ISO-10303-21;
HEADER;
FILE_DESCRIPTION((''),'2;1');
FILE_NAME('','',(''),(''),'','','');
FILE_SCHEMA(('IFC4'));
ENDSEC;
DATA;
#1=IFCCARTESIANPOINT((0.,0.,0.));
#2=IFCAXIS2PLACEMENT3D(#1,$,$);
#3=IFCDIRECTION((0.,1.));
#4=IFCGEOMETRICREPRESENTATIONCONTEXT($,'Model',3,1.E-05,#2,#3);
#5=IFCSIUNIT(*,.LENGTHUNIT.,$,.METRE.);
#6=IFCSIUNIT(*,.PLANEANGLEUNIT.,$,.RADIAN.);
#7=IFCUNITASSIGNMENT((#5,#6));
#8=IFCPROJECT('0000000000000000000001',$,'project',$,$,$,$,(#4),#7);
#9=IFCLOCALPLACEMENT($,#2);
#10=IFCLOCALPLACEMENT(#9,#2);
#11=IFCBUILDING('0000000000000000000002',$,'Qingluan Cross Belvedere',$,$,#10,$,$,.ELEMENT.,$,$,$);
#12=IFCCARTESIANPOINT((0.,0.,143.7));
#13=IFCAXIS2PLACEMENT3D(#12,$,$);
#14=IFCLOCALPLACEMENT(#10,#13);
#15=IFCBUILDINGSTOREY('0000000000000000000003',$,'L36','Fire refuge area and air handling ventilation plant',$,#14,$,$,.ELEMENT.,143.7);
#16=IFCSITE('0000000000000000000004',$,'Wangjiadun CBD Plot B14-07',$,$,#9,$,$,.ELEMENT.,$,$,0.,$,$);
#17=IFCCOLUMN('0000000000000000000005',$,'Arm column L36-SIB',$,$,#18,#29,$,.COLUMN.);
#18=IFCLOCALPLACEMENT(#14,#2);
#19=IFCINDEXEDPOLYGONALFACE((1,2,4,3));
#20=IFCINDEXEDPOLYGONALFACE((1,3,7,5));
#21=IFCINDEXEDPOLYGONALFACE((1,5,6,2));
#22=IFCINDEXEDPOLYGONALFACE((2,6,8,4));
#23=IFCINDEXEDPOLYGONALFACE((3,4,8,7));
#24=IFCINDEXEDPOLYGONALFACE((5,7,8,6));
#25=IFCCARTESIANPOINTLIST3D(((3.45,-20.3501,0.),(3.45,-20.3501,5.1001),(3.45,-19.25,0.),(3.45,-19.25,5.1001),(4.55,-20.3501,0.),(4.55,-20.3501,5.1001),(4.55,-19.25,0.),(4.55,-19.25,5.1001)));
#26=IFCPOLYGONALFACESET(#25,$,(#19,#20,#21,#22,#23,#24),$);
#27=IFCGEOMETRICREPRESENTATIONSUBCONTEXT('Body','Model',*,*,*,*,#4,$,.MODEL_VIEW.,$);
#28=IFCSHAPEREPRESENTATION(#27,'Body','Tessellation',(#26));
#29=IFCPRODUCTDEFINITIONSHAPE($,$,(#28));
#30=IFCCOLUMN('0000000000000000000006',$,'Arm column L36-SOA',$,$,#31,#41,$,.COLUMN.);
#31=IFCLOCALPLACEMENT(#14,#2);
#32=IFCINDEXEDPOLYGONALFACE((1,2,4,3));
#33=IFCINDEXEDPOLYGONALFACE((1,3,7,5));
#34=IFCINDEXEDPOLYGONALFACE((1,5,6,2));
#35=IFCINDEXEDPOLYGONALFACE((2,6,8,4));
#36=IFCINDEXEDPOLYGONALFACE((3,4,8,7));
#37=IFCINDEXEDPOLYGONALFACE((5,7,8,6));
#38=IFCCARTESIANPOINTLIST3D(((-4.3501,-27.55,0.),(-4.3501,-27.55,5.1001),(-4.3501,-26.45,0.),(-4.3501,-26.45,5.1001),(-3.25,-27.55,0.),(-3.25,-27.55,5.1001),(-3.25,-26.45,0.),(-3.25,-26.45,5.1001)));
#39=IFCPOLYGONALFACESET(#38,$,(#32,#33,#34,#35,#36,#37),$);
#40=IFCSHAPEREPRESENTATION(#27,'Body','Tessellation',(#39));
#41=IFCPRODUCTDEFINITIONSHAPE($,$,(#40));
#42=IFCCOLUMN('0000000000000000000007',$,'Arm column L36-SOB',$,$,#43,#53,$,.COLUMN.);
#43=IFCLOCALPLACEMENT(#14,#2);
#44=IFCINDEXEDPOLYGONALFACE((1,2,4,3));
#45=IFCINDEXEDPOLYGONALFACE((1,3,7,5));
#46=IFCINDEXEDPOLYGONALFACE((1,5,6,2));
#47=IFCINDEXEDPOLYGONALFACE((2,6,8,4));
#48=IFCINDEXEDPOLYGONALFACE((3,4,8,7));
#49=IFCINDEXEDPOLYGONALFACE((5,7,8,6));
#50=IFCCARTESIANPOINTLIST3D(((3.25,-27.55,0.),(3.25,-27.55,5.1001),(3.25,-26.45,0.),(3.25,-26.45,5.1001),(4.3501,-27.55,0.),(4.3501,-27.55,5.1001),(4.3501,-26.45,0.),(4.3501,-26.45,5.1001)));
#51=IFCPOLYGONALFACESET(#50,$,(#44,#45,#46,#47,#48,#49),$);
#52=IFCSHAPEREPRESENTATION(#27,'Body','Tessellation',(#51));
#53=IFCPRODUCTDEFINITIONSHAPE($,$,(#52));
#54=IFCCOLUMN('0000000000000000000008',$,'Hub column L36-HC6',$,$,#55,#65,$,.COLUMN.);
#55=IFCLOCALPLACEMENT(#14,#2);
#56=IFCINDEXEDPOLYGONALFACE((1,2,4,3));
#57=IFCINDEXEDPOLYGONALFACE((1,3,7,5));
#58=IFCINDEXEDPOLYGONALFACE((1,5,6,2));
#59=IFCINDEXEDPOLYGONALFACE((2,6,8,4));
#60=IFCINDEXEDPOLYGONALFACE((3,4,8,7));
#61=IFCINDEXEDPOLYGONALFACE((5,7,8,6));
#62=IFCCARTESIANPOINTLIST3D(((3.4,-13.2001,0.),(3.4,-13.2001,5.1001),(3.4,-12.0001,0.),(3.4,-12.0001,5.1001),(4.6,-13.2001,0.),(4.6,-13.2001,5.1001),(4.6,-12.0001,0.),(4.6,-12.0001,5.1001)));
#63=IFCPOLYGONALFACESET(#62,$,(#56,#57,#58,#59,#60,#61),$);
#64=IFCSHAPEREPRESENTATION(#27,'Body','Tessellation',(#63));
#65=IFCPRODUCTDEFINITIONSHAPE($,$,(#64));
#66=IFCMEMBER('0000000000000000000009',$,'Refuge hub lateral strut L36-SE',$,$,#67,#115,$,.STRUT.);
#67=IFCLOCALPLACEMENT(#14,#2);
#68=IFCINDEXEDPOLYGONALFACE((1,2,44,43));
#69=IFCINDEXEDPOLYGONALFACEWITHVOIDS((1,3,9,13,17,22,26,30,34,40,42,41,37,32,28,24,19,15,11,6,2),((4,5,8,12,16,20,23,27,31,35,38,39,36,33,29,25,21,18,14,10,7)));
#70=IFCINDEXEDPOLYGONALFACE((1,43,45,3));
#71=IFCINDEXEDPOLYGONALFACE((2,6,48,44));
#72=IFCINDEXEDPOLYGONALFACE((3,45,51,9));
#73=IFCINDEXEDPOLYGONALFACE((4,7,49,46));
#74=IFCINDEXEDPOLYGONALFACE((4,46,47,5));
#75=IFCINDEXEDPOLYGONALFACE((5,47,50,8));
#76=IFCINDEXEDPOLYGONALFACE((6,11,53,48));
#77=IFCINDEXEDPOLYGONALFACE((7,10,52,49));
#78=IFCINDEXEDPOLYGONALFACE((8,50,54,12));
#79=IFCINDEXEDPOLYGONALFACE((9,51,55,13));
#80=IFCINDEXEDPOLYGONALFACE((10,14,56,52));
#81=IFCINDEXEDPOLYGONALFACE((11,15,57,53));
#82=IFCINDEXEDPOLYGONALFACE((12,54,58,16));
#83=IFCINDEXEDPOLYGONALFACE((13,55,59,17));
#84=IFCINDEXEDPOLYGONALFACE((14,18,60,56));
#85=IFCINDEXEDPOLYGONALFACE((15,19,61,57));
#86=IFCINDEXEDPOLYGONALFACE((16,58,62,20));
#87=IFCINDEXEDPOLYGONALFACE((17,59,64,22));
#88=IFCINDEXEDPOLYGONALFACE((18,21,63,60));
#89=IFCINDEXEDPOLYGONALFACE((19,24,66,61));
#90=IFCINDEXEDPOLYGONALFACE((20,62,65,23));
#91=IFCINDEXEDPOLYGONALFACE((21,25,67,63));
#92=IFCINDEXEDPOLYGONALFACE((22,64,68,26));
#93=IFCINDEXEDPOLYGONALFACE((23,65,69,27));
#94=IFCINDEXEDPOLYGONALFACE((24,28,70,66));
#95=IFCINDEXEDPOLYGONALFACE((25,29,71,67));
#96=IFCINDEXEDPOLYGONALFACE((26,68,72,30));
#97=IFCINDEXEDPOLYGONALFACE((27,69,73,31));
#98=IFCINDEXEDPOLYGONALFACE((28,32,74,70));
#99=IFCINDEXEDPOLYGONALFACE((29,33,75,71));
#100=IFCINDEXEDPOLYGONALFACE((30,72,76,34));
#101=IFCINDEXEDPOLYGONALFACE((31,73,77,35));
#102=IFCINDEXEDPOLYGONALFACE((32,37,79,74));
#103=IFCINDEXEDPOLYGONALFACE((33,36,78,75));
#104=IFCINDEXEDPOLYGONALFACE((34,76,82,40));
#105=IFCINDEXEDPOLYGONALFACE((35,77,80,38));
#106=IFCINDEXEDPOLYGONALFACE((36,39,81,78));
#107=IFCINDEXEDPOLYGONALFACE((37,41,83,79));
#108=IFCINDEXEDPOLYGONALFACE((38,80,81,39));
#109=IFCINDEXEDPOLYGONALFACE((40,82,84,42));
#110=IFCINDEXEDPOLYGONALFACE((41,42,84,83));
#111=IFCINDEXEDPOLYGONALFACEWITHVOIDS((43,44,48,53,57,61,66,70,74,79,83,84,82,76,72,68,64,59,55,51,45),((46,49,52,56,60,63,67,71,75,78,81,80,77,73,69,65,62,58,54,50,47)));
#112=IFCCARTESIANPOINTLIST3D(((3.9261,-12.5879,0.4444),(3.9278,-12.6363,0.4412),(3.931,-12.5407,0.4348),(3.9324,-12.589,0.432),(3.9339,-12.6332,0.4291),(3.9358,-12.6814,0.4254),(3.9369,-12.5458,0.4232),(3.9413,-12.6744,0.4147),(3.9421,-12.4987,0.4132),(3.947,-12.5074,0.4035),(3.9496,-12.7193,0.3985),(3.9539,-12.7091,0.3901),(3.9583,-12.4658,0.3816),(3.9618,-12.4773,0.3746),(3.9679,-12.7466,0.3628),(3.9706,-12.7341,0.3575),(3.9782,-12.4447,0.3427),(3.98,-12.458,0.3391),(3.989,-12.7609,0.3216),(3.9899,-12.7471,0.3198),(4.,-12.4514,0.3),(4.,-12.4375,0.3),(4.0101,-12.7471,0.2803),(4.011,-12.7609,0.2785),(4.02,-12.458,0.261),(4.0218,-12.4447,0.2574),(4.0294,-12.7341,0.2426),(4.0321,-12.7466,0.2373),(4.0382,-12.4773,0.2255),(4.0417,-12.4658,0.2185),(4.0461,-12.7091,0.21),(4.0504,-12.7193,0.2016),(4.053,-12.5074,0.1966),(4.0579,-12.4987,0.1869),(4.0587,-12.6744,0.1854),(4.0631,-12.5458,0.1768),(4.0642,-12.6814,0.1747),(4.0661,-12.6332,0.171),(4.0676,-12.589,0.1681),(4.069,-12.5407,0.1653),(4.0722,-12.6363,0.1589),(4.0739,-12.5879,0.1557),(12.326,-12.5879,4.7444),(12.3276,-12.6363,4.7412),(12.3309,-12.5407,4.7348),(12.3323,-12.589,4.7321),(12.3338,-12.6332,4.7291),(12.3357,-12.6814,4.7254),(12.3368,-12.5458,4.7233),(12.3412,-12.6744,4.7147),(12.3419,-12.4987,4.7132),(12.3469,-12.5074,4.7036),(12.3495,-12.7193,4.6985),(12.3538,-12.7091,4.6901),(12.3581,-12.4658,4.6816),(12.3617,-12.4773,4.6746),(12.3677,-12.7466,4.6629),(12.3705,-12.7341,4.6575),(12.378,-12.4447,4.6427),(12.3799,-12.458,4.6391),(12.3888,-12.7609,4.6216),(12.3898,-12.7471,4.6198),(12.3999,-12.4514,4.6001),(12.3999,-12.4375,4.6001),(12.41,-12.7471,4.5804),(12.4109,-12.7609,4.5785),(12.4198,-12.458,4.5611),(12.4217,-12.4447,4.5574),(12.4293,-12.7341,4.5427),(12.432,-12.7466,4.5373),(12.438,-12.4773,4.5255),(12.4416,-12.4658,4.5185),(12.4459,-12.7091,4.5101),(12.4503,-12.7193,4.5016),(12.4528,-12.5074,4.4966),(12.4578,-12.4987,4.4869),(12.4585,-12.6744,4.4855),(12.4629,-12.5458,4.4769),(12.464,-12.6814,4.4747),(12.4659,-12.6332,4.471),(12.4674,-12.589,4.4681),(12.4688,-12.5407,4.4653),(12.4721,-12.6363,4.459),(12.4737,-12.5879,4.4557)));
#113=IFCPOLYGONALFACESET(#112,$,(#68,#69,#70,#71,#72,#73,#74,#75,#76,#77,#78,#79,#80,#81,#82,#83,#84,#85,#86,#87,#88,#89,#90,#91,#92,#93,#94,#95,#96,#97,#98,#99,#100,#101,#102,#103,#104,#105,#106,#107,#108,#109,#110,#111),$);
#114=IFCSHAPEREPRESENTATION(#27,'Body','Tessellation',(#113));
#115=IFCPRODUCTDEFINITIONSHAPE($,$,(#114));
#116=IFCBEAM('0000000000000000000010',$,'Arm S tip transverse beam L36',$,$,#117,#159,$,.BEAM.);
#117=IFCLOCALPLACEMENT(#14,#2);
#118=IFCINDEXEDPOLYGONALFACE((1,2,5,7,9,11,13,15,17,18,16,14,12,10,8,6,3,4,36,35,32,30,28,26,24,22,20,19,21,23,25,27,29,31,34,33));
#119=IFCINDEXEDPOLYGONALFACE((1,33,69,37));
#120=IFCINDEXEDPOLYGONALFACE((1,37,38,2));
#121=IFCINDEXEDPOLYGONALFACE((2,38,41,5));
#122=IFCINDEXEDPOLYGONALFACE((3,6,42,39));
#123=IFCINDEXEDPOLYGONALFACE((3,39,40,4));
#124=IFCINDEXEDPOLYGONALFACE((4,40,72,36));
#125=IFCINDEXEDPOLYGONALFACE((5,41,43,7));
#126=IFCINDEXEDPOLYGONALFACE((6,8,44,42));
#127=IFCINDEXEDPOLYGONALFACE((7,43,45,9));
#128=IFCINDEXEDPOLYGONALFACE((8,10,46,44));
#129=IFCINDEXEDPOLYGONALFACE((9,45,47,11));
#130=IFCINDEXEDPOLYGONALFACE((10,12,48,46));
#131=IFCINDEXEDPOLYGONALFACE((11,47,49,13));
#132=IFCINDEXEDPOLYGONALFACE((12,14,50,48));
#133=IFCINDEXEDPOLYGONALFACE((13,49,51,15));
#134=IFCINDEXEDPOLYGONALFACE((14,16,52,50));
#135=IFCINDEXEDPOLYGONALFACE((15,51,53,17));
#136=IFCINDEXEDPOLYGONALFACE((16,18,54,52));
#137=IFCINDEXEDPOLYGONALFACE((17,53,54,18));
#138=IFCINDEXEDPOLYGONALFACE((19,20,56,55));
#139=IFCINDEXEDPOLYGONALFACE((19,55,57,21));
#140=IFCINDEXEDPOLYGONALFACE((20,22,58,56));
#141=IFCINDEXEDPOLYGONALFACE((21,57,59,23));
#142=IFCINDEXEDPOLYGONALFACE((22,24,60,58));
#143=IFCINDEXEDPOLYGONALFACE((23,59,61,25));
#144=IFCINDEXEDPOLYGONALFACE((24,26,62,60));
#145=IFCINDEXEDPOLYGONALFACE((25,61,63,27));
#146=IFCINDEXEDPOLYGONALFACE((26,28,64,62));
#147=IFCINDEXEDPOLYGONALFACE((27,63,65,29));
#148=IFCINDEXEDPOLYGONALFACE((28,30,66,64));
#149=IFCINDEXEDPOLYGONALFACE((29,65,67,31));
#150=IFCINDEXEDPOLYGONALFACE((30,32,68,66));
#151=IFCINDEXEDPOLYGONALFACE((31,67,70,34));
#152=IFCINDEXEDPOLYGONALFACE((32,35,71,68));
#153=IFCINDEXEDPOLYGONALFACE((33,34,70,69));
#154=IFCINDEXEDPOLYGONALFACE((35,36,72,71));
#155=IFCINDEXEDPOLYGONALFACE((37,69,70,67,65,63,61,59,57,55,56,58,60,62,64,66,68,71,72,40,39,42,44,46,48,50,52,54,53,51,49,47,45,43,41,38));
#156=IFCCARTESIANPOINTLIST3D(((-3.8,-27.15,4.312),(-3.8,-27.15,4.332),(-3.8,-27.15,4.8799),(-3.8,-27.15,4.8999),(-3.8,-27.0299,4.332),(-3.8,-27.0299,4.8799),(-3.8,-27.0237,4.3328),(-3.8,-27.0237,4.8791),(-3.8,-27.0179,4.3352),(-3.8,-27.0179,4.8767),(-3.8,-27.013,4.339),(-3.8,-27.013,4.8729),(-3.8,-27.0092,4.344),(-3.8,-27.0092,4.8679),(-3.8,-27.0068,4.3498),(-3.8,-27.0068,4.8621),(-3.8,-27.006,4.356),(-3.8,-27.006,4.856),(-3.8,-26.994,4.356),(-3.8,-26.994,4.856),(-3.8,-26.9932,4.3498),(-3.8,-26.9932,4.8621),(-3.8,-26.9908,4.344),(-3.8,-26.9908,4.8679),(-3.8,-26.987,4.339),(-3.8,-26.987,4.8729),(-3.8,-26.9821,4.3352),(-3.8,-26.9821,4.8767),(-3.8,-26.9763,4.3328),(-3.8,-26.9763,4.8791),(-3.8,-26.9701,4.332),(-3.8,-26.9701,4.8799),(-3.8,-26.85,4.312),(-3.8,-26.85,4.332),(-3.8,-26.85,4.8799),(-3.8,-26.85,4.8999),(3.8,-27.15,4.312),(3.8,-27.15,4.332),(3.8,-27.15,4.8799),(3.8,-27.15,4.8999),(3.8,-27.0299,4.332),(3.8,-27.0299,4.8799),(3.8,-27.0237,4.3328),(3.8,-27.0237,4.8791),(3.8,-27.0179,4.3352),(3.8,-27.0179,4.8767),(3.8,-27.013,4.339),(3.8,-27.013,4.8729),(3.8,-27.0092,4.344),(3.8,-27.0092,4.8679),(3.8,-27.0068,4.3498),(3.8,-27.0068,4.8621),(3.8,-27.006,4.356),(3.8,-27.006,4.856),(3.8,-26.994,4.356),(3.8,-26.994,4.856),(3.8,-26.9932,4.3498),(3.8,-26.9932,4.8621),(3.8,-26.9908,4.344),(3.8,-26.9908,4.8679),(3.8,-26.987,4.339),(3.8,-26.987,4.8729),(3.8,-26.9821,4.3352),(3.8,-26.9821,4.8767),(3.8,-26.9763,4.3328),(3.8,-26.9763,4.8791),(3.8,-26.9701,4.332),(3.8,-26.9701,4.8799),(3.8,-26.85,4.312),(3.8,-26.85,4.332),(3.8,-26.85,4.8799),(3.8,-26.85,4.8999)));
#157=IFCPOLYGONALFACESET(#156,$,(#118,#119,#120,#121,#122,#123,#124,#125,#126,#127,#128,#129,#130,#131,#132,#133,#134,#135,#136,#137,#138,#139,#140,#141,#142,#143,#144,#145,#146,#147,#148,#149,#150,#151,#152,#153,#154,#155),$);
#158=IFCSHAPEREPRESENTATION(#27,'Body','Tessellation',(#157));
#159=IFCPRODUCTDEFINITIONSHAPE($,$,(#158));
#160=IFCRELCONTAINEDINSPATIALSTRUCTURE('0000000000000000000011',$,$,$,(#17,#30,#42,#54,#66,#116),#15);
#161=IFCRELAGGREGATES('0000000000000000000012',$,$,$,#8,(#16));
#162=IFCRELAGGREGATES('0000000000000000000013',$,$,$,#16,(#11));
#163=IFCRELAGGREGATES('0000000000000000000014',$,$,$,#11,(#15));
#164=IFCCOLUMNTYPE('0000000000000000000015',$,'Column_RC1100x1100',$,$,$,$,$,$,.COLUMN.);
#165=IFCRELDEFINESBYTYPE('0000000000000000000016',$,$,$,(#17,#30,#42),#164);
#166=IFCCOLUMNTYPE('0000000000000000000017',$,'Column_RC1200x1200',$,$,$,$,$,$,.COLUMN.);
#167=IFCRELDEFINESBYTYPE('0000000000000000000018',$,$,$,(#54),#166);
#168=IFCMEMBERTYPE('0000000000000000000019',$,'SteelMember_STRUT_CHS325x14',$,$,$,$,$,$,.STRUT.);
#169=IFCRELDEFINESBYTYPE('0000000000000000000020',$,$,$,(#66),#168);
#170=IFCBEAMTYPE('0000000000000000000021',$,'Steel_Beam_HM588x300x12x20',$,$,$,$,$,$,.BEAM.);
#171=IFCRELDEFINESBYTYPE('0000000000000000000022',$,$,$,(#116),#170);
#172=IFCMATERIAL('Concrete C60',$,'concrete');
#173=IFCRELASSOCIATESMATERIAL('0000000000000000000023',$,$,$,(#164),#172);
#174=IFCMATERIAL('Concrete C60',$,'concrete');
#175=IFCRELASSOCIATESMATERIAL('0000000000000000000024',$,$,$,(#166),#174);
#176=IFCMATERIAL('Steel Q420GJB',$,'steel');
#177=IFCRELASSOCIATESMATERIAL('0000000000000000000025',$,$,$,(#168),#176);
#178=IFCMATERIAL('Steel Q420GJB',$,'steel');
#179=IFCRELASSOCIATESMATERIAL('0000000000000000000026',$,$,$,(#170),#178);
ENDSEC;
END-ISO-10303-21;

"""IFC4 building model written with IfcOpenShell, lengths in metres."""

from ifc_helpers import new_model, si_unit, direction, frame, origin, origin_2d, place, context, subcontext, project, spatial, rectangle, hollow_circle, i_section, extrude, material, material_profile, profile_set, type_object, element, save


model = new_model("IFC4")

# Units and contexts
model_context = context("Model", 3, precision=1e-05, world=origin(), true_north=direction((0.0, 1.0)))
body_context = subcontext(model_context, "Body", "Model", "MODEL_VIEW")
ifc_project = project(units=[si_unit("LENGTHUNIT", "METRE"), si_unit("PLANEANGLEUNIT", "RADIAN")], contexts=[model_context])

# Site, building, storey
site_placement = place(None, origin())
site = spatial("IfcSite", under=ifc_project, at=site_placement, Name="Wangjiadun CBD Plot B14-07", CompositionType="ELEMENT", RefElevation=0.0)
building_placement = place(site_placement, origin())
building = spatial("IfcBuilding", under=site, at=building_placement, Name="Qingluan Cross Belvedere", CompositionType="ELEMENT")
storey_placement = place(building_placement, frame((0.0, 0.0, 143.7)))
storey = spatial("IfcBuildingStorey", under=building, at=storey_placement, Name="L36", Description="Fire refuge area and air handling ventilation plant", CompositionType="ELEMENT", Elevation=143.7)

# Columns
ifc_material_1 = material(Name="Concrete C60", Category="concrete")
ifc_material_profile_1 = material_profile(ifc_material_1, rectangle(XDim=1.1001, YDim=1.1001, at=origin_2d()), Name="RC1100x1100")
ifc_profile_set_1 = profile_set([ifc_material_profile_1], Name="Concrete C60")
column_type_1 = type_object("IfcColumnType", Name="Column_RC1100x1100", PredefinedType="COLUMN", material=ifc_profile_set_1)
for number, where, z_axis, x_axis, name in (
    (1, (4.0, -19.8, 0.0), (0.0, 0.0, 1.0), (1.0, 0.0, 0.0), "Arm column L36-SIB"),
    (2, (-3.8, -27.0, 0.0), (0.0, 0.0, 1.0), (1.0, 0.0, 0.0), "Arm column L36-SOA"),
    (3, (3.8, -27.0, 0.0), (0.0, 0.0, 1.0), (1.0, 0.0, 0.0), "Arm column L36-SOB"),
):
    element("IfcColumn", number, at=place(storey_placement, frame(where, z_axis=z_axis, x_axis=x_axis)), inside=storey, type_object=column_type_1, Name=name, PredefinedType="COLUMN", context=body_context, shape_type="SweptSolid", body=[
        extrude(rectangle(XDim=1.1001, YDim=1.1001, at=origin_2d()), origin(), (0.0, 0.0, 1.0), 5.1001),
    ])
ifc_material_2 = material(Name="Concrete C60", Category="concrete")
ifc_material_profile_2 = material_profile(ifc_material_2, rectangle(XDim=1.2, YDim=1.2, at=origin_2d()), Name="RC1200x1200")
ifc_profile_set_2 = profile_set([ifc_material_profile_2], Name="Concrete C60")
column_type_2 = type_object("IfcColumnType", Name="Column_RC1200x1200", PredefinedType="COLUMN", material=ifc_profile_set_2)
column_placement = place(storey_placement, frame((4.0, -12.6001, 0.0), z_axis=(0.0, 0.0, 1.0), x_axis=(1.0, 0.0, 0.0)))
element("IfcColumn", 4, at=column_placement, inside=storey, type_object=column_type_2, Name="Hub column L36-HC6", PredefinedType="COLUMN", context=body_context, shape_type="SweptSolid", body=[
    extrude(rectangle(XDim=1.2, YDim=1.2, at=origin_2d()), origin(), (0.0, 0.0, 1.0), 5.1001),
])

# Member
ifc_material_3 = material(Name="Steel Q420GJB", Category="steel")
ifc_material_profile_3 = material_profile(ifc_material_3, hollow_circle(Radius=0.1626, WallThickness=0.0139, at=origin_2d()), Name="CHS325x14")
ifc_profile_set_3 = profile_set([ifc_material_profile_3], Name="Steel Q420GJB")
member_type = type_object("IfcMemberType", Name="SteelMember_STRUT_CHS325x14", PredefinedType="STRUT", material=ifc_profile_set_3)
member_placement = place(storey_placement, frame((4.0, -12.6001, 0.3), z_axis=(0.890144, 0.0, 0.455679), x_axis=(0.0, 1.0, 0.0)))
element("IfcMember", 5, at=member_placement, inside=storey, type_object=member_type, Name="Refuge hub lateral strut L36-SE", PredefinedType="STRUT", context=body_context, shape_type="SweptSolid", body=[
    extrude(hollow_circle(Radius=0.1626, WallThickness=0.0139, at=origin_2d()), origin(), (0.0, 0.0, 1.0), 9.4365),
])

# Beam
ifc_material_4 = material(Name="Steel Q420GJB", Category="steel")
ifc_material_profile_4 = material_profile(ifc_material_4, i_section(OverallWidth=0.3, OverallDepth=0.5879, WebThickness=0.012, FlangeThickness=0.02, FilletRadius=0.0239, at=origin_2d()), Name="HM588x300x12x20")
ifc_profile_set_4 = profile_set([ifc_material_profile_4], Name="Steel Q420GJB")
beam_type_1 = type_object("IfcBeamType", Name="Steel_Beam_HM588x300x12x20", PredefinedType="BEAM", material=ifc_profile_set_4)
beam_1_placement = place(storey_placement, frame((-3.8, -27.0, 4.606), z_axis=(1.0, 0.0, 0.0), x_axis=(0.0, 1.0, 0.0)))
element("IfcBeam", 6, at=beam_1_placement, inside=storey, type_object=beam_type_1, Name="Arm S tip transverse beam L36", PredefinedType="BEAM", context=body_context, shape_type="SweptSolid", body=[
    extrude(i_section(OverallWidth=0.3, OverallDepth=0.5879, WebThickness=0.012, FlangeThickness=0.02, FilletRadius=0.0239, at=origin_2d()), origin(), (0.0, 0.0, 1.0), 7.6001),
])

save(model, "model.ifc")
